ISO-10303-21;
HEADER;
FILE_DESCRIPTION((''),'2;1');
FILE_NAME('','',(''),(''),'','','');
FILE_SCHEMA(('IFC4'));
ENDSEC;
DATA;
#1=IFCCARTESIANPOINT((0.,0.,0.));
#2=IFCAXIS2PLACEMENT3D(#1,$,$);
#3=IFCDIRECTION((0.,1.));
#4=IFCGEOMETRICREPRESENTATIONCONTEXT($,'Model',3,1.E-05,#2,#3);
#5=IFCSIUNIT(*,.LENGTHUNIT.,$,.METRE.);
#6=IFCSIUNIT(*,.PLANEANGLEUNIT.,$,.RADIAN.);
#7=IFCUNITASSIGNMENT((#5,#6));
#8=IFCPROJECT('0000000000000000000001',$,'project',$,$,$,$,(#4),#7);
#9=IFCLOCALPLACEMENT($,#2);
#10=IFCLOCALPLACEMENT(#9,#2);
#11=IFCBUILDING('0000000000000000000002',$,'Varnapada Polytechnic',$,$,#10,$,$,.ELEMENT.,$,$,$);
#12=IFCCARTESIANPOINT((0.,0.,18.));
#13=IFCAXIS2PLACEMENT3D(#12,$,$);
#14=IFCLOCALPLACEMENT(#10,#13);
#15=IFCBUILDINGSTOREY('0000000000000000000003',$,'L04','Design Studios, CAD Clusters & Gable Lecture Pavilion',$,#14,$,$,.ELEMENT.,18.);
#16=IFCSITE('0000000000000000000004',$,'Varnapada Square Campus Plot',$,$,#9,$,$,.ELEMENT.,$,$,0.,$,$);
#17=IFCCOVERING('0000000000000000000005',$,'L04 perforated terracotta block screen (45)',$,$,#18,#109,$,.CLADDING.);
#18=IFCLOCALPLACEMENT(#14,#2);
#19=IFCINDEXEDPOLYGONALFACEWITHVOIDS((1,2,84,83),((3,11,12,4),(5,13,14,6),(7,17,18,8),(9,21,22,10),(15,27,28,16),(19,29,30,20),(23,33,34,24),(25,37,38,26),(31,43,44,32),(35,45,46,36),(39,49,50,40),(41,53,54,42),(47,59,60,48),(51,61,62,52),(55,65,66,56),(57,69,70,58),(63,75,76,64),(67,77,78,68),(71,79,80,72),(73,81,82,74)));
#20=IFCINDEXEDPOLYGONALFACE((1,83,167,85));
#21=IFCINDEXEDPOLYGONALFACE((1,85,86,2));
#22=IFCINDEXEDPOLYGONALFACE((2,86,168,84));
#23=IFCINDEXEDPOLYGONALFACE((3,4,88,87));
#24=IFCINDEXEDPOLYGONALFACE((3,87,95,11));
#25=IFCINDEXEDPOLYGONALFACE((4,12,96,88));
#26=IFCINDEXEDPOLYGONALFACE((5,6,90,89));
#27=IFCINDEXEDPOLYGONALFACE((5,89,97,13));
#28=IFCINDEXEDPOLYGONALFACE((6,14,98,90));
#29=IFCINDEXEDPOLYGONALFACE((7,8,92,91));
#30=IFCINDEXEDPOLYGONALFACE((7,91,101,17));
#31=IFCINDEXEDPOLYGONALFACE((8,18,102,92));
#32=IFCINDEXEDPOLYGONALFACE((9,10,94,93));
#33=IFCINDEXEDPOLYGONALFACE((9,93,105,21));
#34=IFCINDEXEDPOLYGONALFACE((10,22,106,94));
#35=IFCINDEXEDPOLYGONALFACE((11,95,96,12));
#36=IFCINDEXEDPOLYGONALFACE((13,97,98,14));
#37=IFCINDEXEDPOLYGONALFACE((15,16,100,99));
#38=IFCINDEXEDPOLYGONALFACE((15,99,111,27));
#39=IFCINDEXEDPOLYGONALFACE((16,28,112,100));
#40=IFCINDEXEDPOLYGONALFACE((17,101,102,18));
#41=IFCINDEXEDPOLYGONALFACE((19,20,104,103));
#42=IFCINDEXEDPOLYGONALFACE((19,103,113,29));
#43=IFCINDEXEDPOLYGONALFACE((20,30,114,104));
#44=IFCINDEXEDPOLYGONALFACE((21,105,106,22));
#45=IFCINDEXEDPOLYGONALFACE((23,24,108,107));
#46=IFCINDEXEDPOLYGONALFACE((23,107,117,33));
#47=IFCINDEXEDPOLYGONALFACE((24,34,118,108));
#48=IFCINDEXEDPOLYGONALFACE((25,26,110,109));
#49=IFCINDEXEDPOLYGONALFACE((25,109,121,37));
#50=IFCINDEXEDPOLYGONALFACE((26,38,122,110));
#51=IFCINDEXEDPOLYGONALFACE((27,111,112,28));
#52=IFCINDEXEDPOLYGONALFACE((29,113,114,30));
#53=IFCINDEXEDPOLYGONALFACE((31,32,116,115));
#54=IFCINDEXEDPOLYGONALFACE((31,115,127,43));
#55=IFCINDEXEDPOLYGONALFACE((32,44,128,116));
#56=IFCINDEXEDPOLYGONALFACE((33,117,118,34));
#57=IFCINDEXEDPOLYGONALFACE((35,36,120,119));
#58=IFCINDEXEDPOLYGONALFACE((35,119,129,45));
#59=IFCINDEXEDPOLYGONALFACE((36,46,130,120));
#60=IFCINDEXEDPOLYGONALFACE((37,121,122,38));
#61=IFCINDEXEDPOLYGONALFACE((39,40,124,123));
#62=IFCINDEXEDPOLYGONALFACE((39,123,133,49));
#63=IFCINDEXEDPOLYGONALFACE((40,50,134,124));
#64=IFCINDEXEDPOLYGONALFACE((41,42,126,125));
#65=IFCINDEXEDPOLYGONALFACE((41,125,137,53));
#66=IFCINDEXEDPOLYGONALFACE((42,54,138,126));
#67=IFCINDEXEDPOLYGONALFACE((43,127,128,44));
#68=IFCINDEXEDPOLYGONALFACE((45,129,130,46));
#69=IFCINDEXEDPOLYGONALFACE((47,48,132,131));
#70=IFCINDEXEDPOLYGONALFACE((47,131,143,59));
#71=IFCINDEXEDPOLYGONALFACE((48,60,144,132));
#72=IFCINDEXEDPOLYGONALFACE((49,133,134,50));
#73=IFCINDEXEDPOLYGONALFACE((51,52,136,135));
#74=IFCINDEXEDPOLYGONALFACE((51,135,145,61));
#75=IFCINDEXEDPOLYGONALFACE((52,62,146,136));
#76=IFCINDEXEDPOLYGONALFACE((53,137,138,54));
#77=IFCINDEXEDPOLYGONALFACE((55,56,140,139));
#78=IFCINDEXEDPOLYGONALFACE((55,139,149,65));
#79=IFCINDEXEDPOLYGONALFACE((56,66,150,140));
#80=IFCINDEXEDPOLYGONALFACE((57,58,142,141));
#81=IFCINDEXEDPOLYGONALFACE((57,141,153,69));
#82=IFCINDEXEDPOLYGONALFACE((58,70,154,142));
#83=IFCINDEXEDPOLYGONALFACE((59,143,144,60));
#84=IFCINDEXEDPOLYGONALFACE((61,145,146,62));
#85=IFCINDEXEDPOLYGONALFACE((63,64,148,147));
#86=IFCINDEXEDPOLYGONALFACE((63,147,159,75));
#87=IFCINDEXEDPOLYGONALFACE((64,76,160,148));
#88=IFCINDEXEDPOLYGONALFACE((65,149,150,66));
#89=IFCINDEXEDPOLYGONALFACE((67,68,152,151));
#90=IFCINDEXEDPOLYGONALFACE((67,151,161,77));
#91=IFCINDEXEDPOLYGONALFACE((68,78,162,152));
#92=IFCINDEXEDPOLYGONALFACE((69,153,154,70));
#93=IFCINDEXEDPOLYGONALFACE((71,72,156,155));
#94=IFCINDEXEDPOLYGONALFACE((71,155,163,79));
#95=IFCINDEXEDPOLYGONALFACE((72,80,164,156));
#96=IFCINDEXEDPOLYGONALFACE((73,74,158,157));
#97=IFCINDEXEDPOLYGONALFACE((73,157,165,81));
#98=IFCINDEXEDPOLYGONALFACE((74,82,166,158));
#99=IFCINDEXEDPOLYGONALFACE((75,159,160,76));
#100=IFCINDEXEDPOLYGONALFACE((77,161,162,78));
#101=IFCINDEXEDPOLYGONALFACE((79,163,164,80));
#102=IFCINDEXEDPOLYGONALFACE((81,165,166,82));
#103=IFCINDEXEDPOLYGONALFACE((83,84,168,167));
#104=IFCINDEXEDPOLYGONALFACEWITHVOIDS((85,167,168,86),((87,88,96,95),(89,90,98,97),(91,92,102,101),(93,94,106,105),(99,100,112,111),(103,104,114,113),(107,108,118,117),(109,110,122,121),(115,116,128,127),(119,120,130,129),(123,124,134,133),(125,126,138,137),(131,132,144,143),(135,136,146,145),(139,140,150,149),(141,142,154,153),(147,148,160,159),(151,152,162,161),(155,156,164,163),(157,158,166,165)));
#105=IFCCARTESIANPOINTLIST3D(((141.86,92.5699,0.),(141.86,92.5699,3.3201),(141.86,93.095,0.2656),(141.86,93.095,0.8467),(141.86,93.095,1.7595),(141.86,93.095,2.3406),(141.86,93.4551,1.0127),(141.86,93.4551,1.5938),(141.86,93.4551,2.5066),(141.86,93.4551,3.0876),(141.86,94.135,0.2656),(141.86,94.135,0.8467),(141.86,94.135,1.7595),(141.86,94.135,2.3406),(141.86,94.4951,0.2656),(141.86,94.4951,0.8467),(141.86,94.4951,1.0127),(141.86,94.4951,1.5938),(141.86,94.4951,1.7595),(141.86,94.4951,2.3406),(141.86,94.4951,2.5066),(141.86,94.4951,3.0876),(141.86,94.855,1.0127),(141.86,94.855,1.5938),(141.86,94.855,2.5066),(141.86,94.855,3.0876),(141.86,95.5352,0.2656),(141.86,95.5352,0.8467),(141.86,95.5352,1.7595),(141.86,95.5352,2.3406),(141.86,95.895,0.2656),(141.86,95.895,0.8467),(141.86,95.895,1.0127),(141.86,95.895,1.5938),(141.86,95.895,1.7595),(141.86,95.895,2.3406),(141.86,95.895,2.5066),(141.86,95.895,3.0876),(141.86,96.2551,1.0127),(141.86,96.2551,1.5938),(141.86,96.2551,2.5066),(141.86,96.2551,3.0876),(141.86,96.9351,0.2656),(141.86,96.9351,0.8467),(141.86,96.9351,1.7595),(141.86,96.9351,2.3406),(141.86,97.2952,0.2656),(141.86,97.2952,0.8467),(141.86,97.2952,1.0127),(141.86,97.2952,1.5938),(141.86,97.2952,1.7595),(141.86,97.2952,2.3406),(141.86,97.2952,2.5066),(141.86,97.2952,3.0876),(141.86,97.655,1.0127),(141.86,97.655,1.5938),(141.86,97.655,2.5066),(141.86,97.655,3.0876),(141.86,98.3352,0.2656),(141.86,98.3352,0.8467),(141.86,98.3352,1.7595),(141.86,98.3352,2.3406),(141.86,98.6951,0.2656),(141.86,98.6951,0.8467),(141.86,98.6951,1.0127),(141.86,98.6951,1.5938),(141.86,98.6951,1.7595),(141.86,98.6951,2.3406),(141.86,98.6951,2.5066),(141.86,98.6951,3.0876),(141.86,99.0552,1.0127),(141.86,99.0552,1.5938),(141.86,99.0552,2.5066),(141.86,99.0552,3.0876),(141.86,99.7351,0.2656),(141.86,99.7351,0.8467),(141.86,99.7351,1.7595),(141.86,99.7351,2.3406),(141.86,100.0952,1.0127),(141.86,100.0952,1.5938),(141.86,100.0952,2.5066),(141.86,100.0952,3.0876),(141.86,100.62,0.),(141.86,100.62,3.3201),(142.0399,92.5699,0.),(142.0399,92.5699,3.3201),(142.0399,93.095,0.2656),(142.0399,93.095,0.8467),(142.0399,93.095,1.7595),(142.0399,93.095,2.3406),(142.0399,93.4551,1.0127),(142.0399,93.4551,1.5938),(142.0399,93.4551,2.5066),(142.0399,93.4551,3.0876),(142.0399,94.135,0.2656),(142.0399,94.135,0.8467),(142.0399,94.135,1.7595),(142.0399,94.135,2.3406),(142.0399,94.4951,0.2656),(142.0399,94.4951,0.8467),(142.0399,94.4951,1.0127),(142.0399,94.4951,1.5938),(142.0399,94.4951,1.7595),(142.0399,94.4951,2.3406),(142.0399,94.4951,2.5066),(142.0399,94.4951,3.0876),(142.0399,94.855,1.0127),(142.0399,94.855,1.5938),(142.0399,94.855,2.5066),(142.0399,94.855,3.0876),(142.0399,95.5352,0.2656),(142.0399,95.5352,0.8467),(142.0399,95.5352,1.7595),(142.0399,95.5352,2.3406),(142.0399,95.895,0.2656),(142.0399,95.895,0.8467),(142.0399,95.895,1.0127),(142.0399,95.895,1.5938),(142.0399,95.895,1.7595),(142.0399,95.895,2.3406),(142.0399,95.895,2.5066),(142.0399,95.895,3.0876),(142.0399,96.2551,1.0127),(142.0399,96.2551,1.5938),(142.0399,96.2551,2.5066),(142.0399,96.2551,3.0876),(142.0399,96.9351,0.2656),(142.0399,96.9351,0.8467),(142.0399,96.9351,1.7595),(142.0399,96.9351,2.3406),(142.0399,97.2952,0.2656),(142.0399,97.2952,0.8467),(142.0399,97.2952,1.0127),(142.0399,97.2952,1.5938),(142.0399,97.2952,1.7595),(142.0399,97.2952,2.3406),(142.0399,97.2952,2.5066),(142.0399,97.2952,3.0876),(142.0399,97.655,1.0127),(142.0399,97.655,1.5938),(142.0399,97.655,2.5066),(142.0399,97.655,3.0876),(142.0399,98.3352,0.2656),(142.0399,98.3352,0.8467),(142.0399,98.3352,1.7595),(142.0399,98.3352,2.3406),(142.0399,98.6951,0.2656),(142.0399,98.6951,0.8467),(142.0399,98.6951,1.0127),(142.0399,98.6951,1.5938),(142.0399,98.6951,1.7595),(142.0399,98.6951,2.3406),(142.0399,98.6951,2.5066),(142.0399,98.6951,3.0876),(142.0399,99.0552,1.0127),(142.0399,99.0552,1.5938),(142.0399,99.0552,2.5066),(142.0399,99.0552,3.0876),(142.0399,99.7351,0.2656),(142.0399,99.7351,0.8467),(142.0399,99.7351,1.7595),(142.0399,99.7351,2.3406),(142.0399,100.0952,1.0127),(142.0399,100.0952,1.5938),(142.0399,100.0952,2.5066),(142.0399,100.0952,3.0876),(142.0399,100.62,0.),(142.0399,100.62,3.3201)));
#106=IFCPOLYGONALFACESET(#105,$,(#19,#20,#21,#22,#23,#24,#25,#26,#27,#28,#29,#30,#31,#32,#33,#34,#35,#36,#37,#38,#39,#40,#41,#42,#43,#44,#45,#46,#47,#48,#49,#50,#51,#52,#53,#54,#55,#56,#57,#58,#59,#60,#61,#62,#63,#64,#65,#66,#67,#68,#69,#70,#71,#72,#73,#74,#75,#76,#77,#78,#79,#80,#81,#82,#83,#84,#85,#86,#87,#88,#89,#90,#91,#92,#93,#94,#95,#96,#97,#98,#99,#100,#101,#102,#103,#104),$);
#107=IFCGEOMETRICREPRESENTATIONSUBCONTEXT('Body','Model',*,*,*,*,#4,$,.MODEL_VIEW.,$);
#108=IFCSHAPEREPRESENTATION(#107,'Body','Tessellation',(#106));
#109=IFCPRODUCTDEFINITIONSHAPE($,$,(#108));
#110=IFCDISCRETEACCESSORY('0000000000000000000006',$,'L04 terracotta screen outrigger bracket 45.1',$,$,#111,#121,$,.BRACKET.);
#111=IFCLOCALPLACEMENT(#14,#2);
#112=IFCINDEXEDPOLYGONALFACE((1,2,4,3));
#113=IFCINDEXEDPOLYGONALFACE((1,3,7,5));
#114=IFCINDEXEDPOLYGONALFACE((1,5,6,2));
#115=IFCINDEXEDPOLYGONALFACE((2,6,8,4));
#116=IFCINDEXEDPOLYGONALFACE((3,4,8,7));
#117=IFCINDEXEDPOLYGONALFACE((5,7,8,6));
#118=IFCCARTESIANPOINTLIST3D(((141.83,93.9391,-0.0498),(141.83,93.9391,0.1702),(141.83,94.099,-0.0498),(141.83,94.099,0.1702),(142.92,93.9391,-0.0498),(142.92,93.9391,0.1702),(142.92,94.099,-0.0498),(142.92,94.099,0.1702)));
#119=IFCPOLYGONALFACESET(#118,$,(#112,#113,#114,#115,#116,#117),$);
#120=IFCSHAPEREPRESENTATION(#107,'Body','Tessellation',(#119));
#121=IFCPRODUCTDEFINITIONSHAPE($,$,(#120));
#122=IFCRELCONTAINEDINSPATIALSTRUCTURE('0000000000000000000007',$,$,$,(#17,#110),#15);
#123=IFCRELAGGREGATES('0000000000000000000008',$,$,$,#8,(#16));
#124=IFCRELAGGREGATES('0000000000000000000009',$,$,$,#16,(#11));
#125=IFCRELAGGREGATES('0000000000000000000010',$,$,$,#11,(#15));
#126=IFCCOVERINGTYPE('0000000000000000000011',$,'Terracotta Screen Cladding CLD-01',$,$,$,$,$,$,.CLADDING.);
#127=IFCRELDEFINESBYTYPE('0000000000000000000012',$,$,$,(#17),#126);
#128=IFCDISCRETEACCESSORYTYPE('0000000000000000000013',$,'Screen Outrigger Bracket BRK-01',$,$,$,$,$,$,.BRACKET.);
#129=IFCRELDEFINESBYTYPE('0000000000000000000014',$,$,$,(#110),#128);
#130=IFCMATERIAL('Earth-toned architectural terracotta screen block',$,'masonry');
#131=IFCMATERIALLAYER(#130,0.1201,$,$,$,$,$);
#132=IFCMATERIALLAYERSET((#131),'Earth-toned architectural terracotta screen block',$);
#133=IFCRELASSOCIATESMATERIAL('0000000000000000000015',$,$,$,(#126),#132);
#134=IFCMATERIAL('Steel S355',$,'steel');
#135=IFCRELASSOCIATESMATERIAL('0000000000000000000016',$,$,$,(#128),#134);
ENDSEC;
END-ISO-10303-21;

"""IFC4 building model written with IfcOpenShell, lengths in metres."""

from ifc_helpers import new_model, si_unit, direction, frame, frame_2d, origin, origin_2d, place, context, subcontext, project, spatial, rectangle, extrude, material, layer, layer_set, type_object, element, save


model = new_model("IFC4")

# Units and contexts
model_context = context("Model", 3, precision=1e-05, world=origin(), true_north=direction((0.0, 1.0)))
body_context = subcontext(model_context, "Body", "Model", "MODEL_VIEW")
ifc_project = project(units=[si_unit("LENGTHUNIT", "METRE"), si_unit("PLANEANGLEUNIT", "RADIAN")], contexts=[model_context])

# Site, building, storey
site_placement = place(None, origin())
site = spatial("IfcSite", under=ifc_project, at=site_placement, Name="Varnapada Square Campus Plot", CompositionType="ELEMENT", RefElevation=0.0)
building_placement = place(site_placement, origin())
building = spatial("IfcBuilding", under=site, at=building_placement, Name="Varnapada Polytechnic", CompositionType="ELEMENT")
storey_placement = place(building_placement, frame((0.0, 0.0, 18.0)))
storey = spatial("IfcBuildingStorey", under=building, at=storey_placement, Name="L04", Description="Design Studios, CAD Clusters & Gable Lecture Pavilion", CompositionType="ELEMENT", Elevation=18.0)

# Shared definitions
ifc_material_1 = material(Name="Steel S355", Category="steel")

# Covering, openings
ifc_material_2 = material(Name="Earth-toned architectural terracotta screen block", Category="masonry")
ifc_layer_1 = layer(ifc_material_2, 0.1201)
ifc_layer_set_1 = layer_set([ifc_layer_1], Name="Earth-toned architectural terracotta screen block")
covering_type = type_object("IfcCoveringType", Name="Terracotta Screen Cladding CLD-01", PredefinedType="CLADDING", material=ifc_layer_set_1)
covering_placement = place(storey_placement, frame((141.95, 92.5701, 0.0), z_axis=(0.0, 0.0, 1.0), x_axis=(0.0, 1.0, 0.0)))
covering = element("IfcCovering", 1, at=covering_placement, inside=storey, type_object=covering_type, Name="L04 perforated terracotta block screen (45)", PredefinedType="CLADDING", context=body_context, shape_type="SweptSolid", body=[
    extrude(rectangle(XDim=8.05, YDim=0.1799, at=frame_2d((4.0249, 0.0))), origin(), (0.0, 0.0, 1.0), 3.3201),
])
opening_1_placement = place(covering_placement, frame((0.5249, 0.0, 0.2656)))
element("IfcOpeningElement", 2, at=opening_1_placement, cuts=covering, PredefinedType="OPENING", context=body_context, shape_type="SweptSolid", body=[
    extrude(rectangle(XDim=1.04, YDim=0.5811, at=frame_2d((0.52, 0.2905))), frame((0.0, 0.0999, 0.0), z_axis=(0.0, -1.0, 0.0), x_axis=(1.0, 0.0, 0.0)), (0.0, 0.0, 1.0), 0.2),
])
opening_2_placement = place(covering_placement, frame((1.925, 0.0, 0.2656)))
element("IfcOpeningElement", 3, at=opening_2_placement, cuts=covering, PredefinedType="OPENING", context=body_context, shape_type="SweptSolid", body=[
    extrude(rectangle(XDim=1.04, YDim=0.5811, at=frame_2d((0.52, 0.2905))), frame((0.0, 0.0999, 0.0), z_axis=(0.0, -1.0, 0.0), x_axis=(1.0, 0.0, 0.0)), (0.0, 0.0, 1.0), 0.2),
])
opening_3_placement = place(covering_placement, frame((3.325, 0.0, 0.2656)))
element("IfcOpeningElement", 4, at=opening_3_placement, cuts=covering, PredefinedType="OPENING", context=body_context, shape_type="SweptSolid", body=[
    extrude(rectangle(XDim=1.04, YDim=0.5811, at=frame_2d((0.52, 0.2905))), frame((0.0, 0.0999, 0.0), z_axis=(0.0, -1.0, 0.0), x_axis=(1.0, 0.0, 0.0)), (0.0, 0.0, 1.0), 0.2),
])
opening_4_placement = place(covering_placement, frame((4.7251, 0.0, 0.2656)))
element("IfcOpeningElement", 5, at=opening_4_placement, cuts=covering, PredefinedType="OPENING", context=body_context, shape_type="SweptSolid", body=[
    extrude(rectangle(XDim=1.04, YDim=0.5811, at=frame_2d((0.52, 0.2905))), frame((0.0, 0.0999, 0.0), z_axis=(0.0, -1.0, 0.0), x_axis=(1.0, 0.0, 0.0)), (0.0, 0.0, 1.0), 0.2),
])
opening_5_placement = place(covering_placement, frame((6.125, 0.0, 0.2656)))
element("IfcOpeningElement", 6, at=opening_5_placement, cuts=covering, PredefinedType="OPENING", context=body_context, shape_type="SweptSolid", body=[
    extrude(rectangle(XDim=1.04, YDim=0.5811, at=frame_2d((0.52, 0.2905))), frame((0.0, 0.0999, 0.0), z_axis=(0.0, -1.0, 0.0), x_axis=(1.0, 0.0, 0.0)), (0.0, 0.0, 1.0), 0.2),
])
opening_6_placement = place(covering_placement, frame((0.885, 0.0, 1.0127)))
element("IfcOpeningElement", 7, at=opening_6_placement, cuts=covering, PredefinedType="OPENING", context=body_context, shape_type="SweptSolid", body=[
    extrude(rectangle(XDim=1.04, YDim=0.5811, at=frame_2d((0.52, 0.2905))), frame((0.0, 0.0999, 0.0), z_axis=(0.0, -1.0, 0.0), x_axis=(1.0, 0.0, 0.0)), (0.0, 0.0, 1.0), 0.2),
])
opening_7_placement = place(covering_placement, frame((2.2849, 0.0, 1.0127)))
element("IfcOpeningElement", 8, at=opening_7_placement, cuts=covering, PredefinedType="OPENING", context=body_context, shape_type="SweptSolid", body=[
    extrude(rectangle(XDim=1.04, YDim=0.5811, at=frame_2d((0.52, 0.2905))), frame((0.0, 0.0999, 0.0), z_axis=(0.0, -1.0, 0.0), x_axis=(1.0, 0.0, 0.0)), (0.0, 0.0, 1.0), 0.2),
])
opening_8_placement = place(covering_placement, frame((3.6851, 0.0, 1.0127)))
element("IfcOpeningElement", 9, at=opening_8_placement, cuts=covering, PredefinedType="OPENING", context=body_context, shape_type="SweptSolid", body=[
    extrude(rectangle(XDim=1.04, YDim=0.5811, at=frame_2d((0.52, 0.2905))), frame((0.0, 0.0999, 0.0), z_axis=(0.0, -1.0, 0.0), x_axis=(1.0, 0.0, 0.0)), (0.0, 0.0, 1.0), 0.2),
])
opening_9_placement = place(covering_placement, frame((5.085, 0.0, 1.0127)))
element("IfcOpeningElement", 10, at=opening_9_placement, cuts=covering, PredefinedType="OPENING", context=body_context, shape_type="SweptSolid", body=[
    extrude(rectangle(XDim=1.04, YDim=0.5811, at=frame_2d((0.52, 0.2905))), frame((0.0, 0.0999, 0.0), z_axis=(0.0, -1.0, 0.0), x_axis=(1.0, 0.0, 0.0)), (0.0, 0.0, 1.0), 0.2),
])
opening_10_placement = place(covering_placement, frame((6.4851, 0.0, 1.0127)))
element("IfcOpeningElement", 11, at=opening_10_placement, cuts=covering, PredefinedType="OPENING", context=body_context, shape_type="SweptSolid", body=[
    extrude(rectangle(XDim=1.04, YDim=0.5811, at=frame_2d((0.52, 0.2905))), frame((0.0, 0.0999, 0.0), z_axis=(0.0, -1.0, 0.0), x_axis=(1.0, 0.0, 0.0)), (0.0, 0.0, 1.0), 0.2),
])
opening_11_placement = place(covering_placement, frame((0.5249, 0.0, 1.7595)))
element("IfcOpeningElement", 12, at=opening_11_placement, cuts=covering, PredefinedType="OPENING", context=body_context, shape_type="SweptSolid", body=[
    extrude(rectangle(XDim=1.04, YDim=0.5811, at=frame_2d((0.52, 0.2905))), frame((0.0, 0.0999, 0.0), z_axis=(0.0, -1.0, 0.0), x_axis=(1.0, 0.0, 0.0)), (0.0, 0.0, 1.0), 0.2),
])
opening_12_placement = place(covering_placement, frame((1.925, 0.0, 1.7595)))
element("IfcOpeningElement", 13, at=opening_12_placement, cuts=covering, PredefinedType="OPENING", context=body_context, shape_type="SweptSolid", body=[
    extrude(rectangle(XDim=1.04, YDim=0.5811, at=frame_2d((0.52, 0.2905))), frame((0.0, 0.0999, 0.0), z_axis=(0.0, -1.0, 0.0), x_axis=(1.0, 0.0, 0.0)), (0.0, 0.0, 1.0), 0.2),
])
opening_13_placement = place(covering_placement, frame((3.325, 0.0, 1.7595)))
element("IfcOpeningElement", 14, at=opening_13_placement, cuts=covering, PredefinedType="OPENING", context=body_context, shape_type="SweptSolid", body=[
    extrude(rectangle(XDim=1.04, YDim=0.5811, at=frame_2d((0.52, 0.2905))), frame((0.0, 0.0999, 0.0), z_axis=(0.0, -1.0, 0.0), x_axis=(1.0, 0.0, 0.0)), (0.0, 0.0, 1.0), 0.2),
])
opening_14_placement = place(covering_placement, frame((4.7251, 0.0, 1.7595)))
element("IfcOpeningElement", 15, at=opening_14_placement, cuts=covering, PredefinedType="OPENING", context=body_context, shape_type="SweptSolid", body=[
    extrude(rectangle(XDim=1.04, YDim=0.5811, at=frame_2d((0.52, 0.2905))), frame((0.0, 0.0999, 0.0), z_axis=(0.0, -1.0, 0.0), x_axis=(1.0, 0.0, 0.0)), (0.0, 0.0, 1.0), 0.2),
])
opening_15_placement = place(covering_placement, frame((6.125, 0.0, 1.7595)))
element("IfcOpeningElement", 16, at=opening_15_placement, cuts=covering, PredefinedType="OPENING", context=body_context, shape_type="SweptSolid", body=[
    extrude(rectangle(XDim=1.04, YDim=0.5811, at=frame_2d((0.52, 0.2905))), frame((0.0, 0.0999, 0.0), z_axis=(0.0, -1.0, 0.0), x_axis=(1.0, 0.0, 0.0)), (0.0, 0.0, 1.0), 0.2),
])
opening_16_placement = place(covering_placement, frame((0.885, 0.0, 2.5066)))
element("IfcOpeningElement", 17, at=opening_16_placement, cuts=covering, PredefinedType="OPENING", context=body_context, shape_type="SweptSolid", body=[
    extrude(rectangle(XDim=1.04, YDim=0.5811, at=frame_2d((0.52, 0.2905))), frame((0.0, 0.0999, 0.0), z_axis=(0.0, -1.0, 0.0), x_axis=(1.0, 0.0, 0.0)), (0.0, 0.0, 1.0), 0.2),
])
opening_17_placement = place(covering_placement, frame((2.2849, 0.0, 2.5066)))
element("IfcOpeningElement", 18, at=opening_17_placement, cuts=covering, PredefinedType="OPENING", context=body_context, shape_type="SweptSolid", body=[
    extrude(rectangle(XDim=1.04, YDim=0.5811, at=frame_2d((0.52, 0.2905))), frame((0.0, 0.0999, 0.0), z_axis=(0.0, -1.0, 0.0), x_axis=(1.0, 0.0, 0.0)), (0.0, 0.0, 1.0), 0.2),
])
opening_18_placement = place(covering_placement, frame((3.6851, 0.0, 2.5066)))
element("IfcOpeningElement", 19, at=opening_18_placement, cuts=covering, PredefinedType="OPENING", context=body_context, shape_type="SweptSolid", body=[
    extrude(rectangle(XDim=1.04, YDim=0.5811, at=frame_2d((0.52, 0.2905))), frame((0.0, 0.0999, 0.0), z_axis=(0.0, -1.0, 0.0), x_axis=(1.0, 0.0, 0.0)), (0.0, 0.0, 1.0), 0.2),
])
opening_19_placement = place(covering_placement, frame((5.085, 0.0, 2.5066)))
element("IfcOpeningElement", 20, at=opening_19_placement, cuts=covering, PredefinedType="OPENING", context=body_context, shape_type="SweptSolid", body=[
    extrude(rectangle(XDim=1.04, YDim=0.5811, at=frame_2d((0.52, 0.2905))), frame((0.0, 0.0999, 0.0), z_axis=(0.0, -1.0, 0.0), x_axis=(1.0, 0.0, 0.0)), (0.0, 0.0, 1.0), 0.2),
])
opening_20_placement = place(covering_placement, frame((6.4851, 0.0, 2.5066)))
element("IfcOpeningElement", 21, at=opening_20_placement, cuts=covering, PredefinedType="OPENING", context=body_context, shape_type="SweptSolid", body=[
    extrude(rectangle(XDim=1.04, YDim=0.5811, at=frame_2d((0.52, 0.2905))), frame((0.0, 0.0999, 0.0), z_axis=(0.0, -1.0, 0.0), x_axis=(1.0, 0.0, 0.0)), (0.0, 0.0, 1.0), 0.2),
])

# Discrete accessory
discrete_accessory_type = type_object("IfcDiscreteAccessoryType", Name="Screen Outrigger Bracket BRK-01", PredefinedType="BRACKET", material=ifc_material_1)
for number, where, z_axis, x_axis, name in (
    (22, (142.375, 94.019, -0.0498), (0.0, 0.0, 1.0), (0.0, 1.0, 0.0), "L04 terracotta screen outrigger bracket 45.1"),
):
    element("IfcDiscreteAccessory", number, at=place(storey_placement, frame(where, z_axis=z_axis, x_axis=x_axis)), inside=storey, type_object=discrete_accessory_type, Name=name, PredefinedType="BRACKET", context=body_context, shape_type="SweptSolid", body=[
        extrude(rectangle(XDim=0.1599, YDim=1.0901, at=origin_2d()), origin(), (0.0, 0.0, 1.0), 0.22),
    ])

save(model, "model.ifc")
